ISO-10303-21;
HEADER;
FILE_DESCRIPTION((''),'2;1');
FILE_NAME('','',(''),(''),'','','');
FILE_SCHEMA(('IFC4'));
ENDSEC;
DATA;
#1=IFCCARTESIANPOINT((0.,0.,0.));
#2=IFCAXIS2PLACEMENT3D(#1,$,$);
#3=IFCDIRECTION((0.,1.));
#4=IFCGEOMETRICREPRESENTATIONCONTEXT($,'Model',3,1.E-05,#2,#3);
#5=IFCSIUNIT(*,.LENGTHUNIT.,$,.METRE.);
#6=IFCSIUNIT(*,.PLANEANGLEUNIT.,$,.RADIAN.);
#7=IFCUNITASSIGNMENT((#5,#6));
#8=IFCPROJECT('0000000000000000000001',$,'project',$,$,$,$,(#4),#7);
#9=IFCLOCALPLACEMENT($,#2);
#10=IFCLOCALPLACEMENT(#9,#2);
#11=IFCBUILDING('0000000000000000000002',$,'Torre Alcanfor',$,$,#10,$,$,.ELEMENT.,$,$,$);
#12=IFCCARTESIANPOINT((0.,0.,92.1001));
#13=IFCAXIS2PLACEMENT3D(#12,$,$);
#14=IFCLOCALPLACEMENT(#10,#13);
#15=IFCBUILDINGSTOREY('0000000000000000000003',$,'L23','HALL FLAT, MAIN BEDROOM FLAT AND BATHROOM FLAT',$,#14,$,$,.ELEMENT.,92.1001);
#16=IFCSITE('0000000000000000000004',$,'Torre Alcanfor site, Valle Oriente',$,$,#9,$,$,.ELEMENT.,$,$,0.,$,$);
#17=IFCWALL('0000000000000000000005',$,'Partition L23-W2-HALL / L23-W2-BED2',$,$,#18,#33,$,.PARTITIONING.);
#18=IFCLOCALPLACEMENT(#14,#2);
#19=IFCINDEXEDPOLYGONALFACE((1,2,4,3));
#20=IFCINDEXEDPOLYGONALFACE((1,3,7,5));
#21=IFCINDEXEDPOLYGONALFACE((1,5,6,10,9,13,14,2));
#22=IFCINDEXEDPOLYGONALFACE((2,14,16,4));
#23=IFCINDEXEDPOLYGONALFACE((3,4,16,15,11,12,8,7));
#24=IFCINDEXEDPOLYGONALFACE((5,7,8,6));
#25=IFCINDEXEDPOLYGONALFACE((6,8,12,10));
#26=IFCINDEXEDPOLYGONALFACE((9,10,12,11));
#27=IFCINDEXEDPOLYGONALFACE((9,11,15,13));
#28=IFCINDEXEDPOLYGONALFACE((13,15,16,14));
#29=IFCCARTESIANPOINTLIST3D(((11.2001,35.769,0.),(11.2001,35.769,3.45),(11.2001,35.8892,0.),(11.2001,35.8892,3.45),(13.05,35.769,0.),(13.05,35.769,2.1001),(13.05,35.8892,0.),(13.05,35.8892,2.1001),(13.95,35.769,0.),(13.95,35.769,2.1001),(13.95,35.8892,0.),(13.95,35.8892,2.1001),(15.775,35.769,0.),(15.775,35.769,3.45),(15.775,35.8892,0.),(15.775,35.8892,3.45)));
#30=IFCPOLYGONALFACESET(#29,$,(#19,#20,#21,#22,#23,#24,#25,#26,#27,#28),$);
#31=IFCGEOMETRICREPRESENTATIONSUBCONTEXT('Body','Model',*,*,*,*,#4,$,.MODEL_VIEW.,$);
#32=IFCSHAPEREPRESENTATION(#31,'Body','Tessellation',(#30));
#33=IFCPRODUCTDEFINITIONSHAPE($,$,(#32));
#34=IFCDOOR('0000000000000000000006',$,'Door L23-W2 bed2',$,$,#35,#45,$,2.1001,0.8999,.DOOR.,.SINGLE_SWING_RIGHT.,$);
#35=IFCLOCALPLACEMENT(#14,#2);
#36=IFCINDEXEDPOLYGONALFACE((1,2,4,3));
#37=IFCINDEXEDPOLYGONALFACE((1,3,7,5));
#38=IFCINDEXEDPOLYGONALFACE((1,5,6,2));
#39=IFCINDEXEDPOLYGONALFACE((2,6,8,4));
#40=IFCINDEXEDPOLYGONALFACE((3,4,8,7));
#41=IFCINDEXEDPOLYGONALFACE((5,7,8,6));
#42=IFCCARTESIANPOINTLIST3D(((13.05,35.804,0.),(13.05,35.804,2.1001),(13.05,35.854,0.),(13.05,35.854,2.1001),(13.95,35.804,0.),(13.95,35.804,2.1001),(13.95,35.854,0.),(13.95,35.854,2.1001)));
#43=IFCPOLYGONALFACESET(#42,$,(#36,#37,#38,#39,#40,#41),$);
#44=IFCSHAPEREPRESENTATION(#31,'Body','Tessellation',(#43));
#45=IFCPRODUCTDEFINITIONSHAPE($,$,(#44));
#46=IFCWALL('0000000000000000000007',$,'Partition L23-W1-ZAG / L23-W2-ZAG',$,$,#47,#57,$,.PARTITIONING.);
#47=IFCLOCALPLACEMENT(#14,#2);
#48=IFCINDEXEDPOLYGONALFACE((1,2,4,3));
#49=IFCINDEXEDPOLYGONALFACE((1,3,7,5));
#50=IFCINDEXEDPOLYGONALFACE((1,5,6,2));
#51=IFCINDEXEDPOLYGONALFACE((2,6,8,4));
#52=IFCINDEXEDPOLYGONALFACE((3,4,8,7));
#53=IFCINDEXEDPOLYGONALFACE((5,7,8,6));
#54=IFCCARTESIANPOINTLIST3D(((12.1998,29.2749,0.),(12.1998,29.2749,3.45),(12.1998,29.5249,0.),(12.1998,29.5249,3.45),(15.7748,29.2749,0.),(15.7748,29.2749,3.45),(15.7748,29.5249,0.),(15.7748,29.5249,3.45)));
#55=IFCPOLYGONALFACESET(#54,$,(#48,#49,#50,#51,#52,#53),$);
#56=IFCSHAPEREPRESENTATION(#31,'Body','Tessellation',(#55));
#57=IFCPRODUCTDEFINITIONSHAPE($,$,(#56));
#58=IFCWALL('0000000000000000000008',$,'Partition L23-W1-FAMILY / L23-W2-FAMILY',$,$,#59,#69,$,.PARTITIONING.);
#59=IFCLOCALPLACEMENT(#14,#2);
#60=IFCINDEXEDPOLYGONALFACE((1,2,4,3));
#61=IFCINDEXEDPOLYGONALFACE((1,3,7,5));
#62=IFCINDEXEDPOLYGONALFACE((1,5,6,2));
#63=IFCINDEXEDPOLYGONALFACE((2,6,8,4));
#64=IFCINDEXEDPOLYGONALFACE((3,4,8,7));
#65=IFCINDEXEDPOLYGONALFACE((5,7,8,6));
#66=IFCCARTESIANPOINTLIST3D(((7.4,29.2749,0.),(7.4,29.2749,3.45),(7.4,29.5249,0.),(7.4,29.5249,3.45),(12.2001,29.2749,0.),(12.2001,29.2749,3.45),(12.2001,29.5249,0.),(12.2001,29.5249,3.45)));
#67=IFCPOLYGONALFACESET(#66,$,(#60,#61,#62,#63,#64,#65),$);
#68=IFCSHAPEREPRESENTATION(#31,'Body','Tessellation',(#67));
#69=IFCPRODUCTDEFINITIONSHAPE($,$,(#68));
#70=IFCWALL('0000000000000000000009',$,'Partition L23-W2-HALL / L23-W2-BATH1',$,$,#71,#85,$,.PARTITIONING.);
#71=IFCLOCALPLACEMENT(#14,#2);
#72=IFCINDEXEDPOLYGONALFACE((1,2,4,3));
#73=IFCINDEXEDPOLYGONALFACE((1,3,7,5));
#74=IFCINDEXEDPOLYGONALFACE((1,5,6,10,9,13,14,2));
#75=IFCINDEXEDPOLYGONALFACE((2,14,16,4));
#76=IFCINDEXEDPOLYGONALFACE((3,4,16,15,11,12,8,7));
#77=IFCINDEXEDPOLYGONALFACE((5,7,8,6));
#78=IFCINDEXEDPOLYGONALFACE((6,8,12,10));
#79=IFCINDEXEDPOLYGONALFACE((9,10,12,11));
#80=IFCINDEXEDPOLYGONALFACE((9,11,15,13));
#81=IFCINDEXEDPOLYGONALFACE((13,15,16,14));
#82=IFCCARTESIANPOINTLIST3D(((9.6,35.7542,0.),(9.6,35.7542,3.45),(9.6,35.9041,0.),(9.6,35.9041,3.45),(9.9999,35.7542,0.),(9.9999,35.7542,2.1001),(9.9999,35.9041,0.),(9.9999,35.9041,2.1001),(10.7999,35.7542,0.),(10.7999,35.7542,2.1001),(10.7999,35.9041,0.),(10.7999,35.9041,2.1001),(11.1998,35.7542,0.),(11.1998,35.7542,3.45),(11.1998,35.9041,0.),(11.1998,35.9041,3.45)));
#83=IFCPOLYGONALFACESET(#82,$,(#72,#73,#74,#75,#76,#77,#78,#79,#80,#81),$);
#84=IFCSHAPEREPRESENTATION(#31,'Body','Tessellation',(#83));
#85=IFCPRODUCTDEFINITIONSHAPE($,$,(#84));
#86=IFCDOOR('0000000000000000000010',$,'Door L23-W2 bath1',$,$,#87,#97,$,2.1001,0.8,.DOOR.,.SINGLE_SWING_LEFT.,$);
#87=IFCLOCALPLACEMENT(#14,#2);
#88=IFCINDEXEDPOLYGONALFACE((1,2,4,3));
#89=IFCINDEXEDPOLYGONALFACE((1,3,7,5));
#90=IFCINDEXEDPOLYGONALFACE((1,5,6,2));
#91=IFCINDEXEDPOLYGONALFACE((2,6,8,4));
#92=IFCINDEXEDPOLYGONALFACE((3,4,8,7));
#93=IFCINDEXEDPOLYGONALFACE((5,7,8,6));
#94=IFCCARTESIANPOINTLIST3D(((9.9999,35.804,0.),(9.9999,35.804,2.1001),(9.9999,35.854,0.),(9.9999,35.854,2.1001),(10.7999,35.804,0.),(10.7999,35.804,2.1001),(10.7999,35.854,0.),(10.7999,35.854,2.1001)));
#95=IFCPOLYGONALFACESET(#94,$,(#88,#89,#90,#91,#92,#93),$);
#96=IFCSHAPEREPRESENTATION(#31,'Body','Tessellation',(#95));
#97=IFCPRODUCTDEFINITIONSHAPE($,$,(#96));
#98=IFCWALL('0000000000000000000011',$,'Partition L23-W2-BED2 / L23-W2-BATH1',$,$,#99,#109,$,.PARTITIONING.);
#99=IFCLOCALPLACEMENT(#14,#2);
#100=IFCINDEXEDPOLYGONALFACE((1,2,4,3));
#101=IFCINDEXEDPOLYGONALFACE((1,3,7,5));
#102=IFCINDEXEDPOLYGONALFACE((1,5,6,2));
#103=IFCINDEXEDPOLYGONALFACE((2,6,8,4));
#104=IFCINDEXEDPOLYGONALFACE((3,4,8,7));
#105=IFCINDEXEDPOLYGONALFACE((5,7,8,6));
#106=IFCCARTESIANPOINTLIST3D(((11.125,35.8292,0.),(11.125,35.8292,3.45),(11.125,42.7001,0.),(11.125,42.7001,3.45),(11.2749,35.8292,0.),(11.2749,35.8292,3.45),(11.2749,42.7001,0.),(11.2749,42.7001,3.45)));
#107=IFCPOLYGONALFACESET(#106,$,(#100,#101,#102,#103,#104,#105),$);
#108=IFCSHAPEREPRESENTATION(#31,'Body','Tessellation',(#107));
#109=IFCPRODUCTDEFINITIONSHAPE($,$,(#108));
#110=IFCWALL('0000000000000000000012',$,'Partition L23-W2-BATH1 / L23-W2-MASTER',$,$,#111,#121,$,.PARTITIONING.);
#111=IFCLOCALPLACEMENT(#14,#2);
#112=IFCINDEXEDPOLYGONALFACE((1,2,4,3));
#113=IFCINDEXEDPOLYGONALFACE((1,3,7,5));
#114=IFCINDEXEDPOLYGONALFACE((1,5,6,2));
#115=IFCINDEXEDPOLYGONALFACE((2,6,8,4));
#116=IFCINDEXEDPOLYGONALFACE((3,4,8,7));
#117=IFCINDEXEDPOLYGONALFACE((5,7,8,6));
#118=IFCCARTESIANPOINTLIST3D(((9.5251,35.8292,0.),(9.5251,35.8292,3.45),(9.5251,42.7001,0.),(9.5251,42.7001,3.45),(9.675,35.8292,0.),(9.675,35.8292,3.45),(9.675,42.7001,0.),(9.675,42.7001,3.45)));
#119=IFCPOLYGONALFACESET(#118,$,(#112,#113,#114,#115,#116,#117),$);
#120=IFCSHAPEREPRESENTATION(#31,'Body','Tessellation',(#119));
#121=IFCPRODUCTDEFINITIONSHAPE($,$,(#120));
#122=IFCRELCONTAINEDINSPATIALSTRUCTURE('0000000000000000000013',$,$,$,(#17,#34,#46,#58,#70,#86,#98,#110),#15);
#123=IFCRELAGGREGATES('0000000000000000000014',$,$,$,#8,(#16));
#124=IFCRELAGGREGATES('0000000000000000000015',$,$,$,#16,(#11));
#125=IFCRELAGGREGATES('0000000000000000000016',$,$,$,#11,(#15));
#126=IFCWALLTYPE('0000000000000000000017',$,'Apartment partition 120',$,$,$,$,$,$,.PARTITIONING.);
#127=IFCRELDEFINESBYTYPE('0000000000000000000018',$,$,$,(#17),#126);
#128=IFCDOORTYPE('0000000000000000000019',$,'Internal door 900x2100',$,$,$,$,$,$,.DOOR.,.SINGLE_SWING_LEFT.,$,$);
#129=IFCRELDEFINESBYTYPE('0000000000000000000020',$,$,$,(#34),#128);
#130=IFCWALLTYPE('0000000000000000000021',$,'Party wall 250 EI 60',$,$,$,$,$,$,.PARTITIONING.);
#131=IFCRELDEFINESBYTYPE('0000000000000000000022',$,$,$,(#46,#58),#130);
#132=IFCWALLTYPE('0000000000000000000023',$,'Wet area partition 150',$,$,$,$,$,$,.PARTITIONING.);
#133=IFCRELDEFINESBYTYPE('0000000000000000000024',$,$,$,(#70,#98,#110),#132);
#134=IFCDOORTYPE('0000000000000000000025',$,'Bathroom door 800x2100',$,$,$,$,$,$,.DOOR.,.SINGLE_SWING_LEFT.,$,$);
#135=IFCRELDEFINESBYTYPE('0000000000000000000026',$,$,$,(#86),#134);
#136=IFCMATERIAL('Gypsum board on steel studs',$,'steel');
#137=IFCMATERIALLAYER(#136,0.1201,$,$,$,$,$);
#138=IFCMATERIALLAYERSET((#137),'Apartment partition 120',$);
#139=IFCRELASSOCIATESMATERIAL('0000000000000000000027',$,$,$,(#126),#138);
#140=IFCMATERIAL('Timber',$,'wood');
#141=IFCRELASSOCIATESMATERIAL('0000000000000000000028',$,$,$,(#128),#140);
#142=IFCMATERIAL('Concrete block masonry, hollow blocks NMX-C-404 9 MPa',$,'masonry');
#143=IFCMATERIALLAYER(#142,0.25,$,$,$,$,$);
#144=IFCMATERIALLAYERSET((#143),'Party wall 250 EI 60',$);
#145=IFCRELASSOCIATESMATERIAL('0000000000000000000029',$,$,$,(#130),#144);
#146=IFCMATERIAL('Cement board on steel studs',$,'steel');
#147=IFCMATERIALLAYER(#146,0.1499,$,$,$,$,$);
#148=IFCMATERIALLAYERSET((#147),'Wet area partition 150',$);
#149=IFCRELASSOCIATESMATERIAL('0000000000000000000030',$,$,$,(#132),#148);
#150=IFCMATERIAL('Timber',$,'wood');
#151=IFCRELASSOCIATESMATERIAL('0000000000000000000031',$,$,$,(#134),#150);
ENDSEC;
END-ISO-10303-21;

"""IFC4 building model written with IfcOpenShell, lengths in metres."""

from ifc_helpers import new_model, si_unit, direction, frame, frame_2d, origin, place, context, subcontext, project, spatial, rectangle, extrude, material, layer, layer_set, type_object, element, fill, save


model = new_model("IFC4")

# Units and contexts
model_context = context("Model", 3, precision=1e-05, world=origin(), true_north=direction((0.0, 1.0)))
body_context = subcontext(model_context, "Body", "Model", "MODEL_VIEW")
ifc_project = project(units=[si_unit("LENGTHUNIT", "METRE"), si_unit("PLANEANGLEUNIT", "RADIAN")], contexts=[model_context])

# Site, building, storey
site_placement = place(None, origin())
site = spatial("IfcSite", under=ifc_project, at=site_placement, Name="Torre Alcanfor site, Valle Oriente", CompositionType="ELEMENT", RefElevation=0.0)
building_placement = place(site_placement, origin())
building = spatial("IfcBuilding", under=site, at=building_placement, Name="Torre Alcanfor", CompositionType="ELEMENT")
storey_placement = place(building_placement, frame((0.0, 0.0, 92.1001)))
storey = spatial("IfcBuildingStorey", under=building, at=storey_placement, Name="L23", Description="HALL FLAT, MAIN BEDROOM FLAT AND BATHROOM FLAT", CompositionType="ELEMENT", Elevation=92.1001)

# Shared definitions
ifc_material_1 = material(Name="Gypsum board on steel studs", Category="steel")
ifc_layer_1 = layer(ifc_material_1, 0.1201)
ifc_layer_set_1 = layer_set([ifc_layer_1], Name="Apartment partition 120")
wall_type_1 = type_object("IfcWallType", Name="Apartment partition 120", PredefinedType="PARTITIONING", material=ifc_layer_set_1)

# Wall, opening, door
wall_1_placement = place(storey_placement, frame((11.2, 35.8291, 0.0), z_axis=(0.0, 0.0, 1.0), x_axis=(1.0, 0.0, 0.0)))
wall_1 = element("IfcWall", 1, at=wall_1_placement, inside=storey, type_object=wall_type_1, Name="Partition L23-W2-HALL / L23-W2-BED2", PredefinedType="PARTITIONING", context=body_context, shape_type="SweptSolid", body=[
    extrude(rectangle(XDim=4.575, YDim=0.1201, at=frame_2d((2.2876, 0.0))), origin(), (0.0, 0.0, 1.0), 3.45),
])
opening_1_placement = place(wall_1_placement, frame((1.8501, 0.0, 0.0)))
opening_1 = element("IfcOpeningElement", 2, at=opening_1_placement, cuts=wall_1, PredefinedType="OPENING", context=body_context, shape_type="SweptSolid", body=[
    extrude(rectangle(XDim=0.8999, YDim=2.1001, at=frame_2d((0.45, 1.05))), frame((0.0, 0.0701, 0.0), z_axis=(0.0, -1.0, 0.0), x_axis=(1.0, 0.0, 0.0)), (0.0, 0.0, 1.0), 0.1401),
])
ifc_material_2 = material(Name="Timber", Category="wood")
door_type_1 = type_object("IfcDoorType", Name="Internal door 900x2100", OperationType="SINGLE_SWING_LEFT", PredefinedType="DOOR", material=ifc_material_2)
door_1_placement = place(opening_1_placement, origin())
door_1 = element("IfcDoor", 3, at=door_1_placement, inside=storey, type_object=door_type_1, Name="Door L23-W2 bed2", OperationType="SINGLE_SWING_RIGHT", OverallHeight=2.1001, OverallWidth=0.8999, PredefinedType="DOOR", context=body_context, shape_type="SweptSolid", body=[
    extrude(rectangle(XDim=0.8999, YDim=2.1001, at=frame_2d((0.45, 1.05))), frame((0.0, 0.0249, 0.0), z_axis=(0.0, -1.0, 0.0), x_axis=(1.0, 0.0, 0.0)), (0.0, 0.0, 1.0), 0.05),
])
fill(opening_1, door_1)

# Walls
ifc_material_3 = material(Name="Concrete block masonry, hollow blocks NMX-C-404 9 MPa", Category="masonry")
ifc_layer_2 = layer(ifc_material_3, 0.25)
ifc_layer_set_2 = layer_set([ifc_layer_2], Name="Party wall 250 EI 60")
wall_type_2 = type_object("IfcWallType", Name="Party wall 250 EI 60", PredefinedType="PARTITIONING", material=ifc_layer_set_2)
wall_2_placement = place(storey_placement, frame((15.7749, 29.3999, 0.0), z_axis=(0.0, 0.0, 1.0), x_axis=(-1.0, 0.0, 0.0)))
element("IfcWall", 4, at=wall_2_placement, inside=storey, type_object=wall_type_2, Name="Partition L23-W1-ZAG / L23-W2-ZAG", PredefinedType="PARTITIONING", context=body_context, shape_type="SweptSolid", body=[
    extrude(rectangle(XDim=3.575, YDim=0.25, at=frame_2d((1.7876, 0.0))), origin(), (0.0, 0.0, 1.0), 3.45),
])
wall_3_placement = place(storey_placement, frame((12.2, 29.3999, 0.0), z_axis=(0.0, 0.0, 1.0), x_axis=(-1.0, 0.0, 0.0)))
element("IfcWall", 5, at=wall_3_placement, inside=storey, type_object=wall_type_2, Name="Partition L23-W1-FAMILY / L23-W2-FAMILY", PredefinedType="PARTITIONING", context=body_context, shape_type="SweptSolid", body=[
    extrude(rectangle(XDim=4.8, YDim=0.25, at=frame_2d((2.3999, 0.0))), origin(), (0.0, 0.0, 1.0), 3.45),
])

# Wall, opening, door
ifc_material_4 = material(Name="Cement board on steel studs", Category="steel")
ifc_layer_3 = layer(ifc_material_4, 0.1499)
ifc_layer_set_3 = layer_set([ifc_layer_3], Name="Wet area partition 150")
wall_type_3 = type_object("IfcWallType", Name="Wet area partition 150", PredefinedType="PARTITIONING", material=ifc_layer_set_3)
wall_4_placement = place(storey_placement, frame((9.6001, 35.8291, 0.0), z_axis=(0.0, 0.0, 1.0), x_axis=(1.0, 0.0, 0.0)))
wall_4 = element("IfcWall", 6, at=wall_4_placement, inside=storey, type_object=wall_type_3, Name="Partition L23-W2-HALL / L23-W2-BATH1", PredefinedType="PARTITIONING", context=body_context, shape_type="SweptSolid", body=[
    extrude(rectangle(XDim=1.5999, YDim=0.1499, at=frame_2d((0.7998, 0.0))), origin(), (0.0, 0.0, 1.0), 3.45),
])
opening_2_placement = place(wall_4_placement, frame((0.3999, 0.0, 0.0)))
opening_2 = element("IfcOpeningElement", 7, at=opening_2_placement, cuts=wall_4, PredefinedType="OPENING", context=body_context, shape_type="SweptSolid", body=[
    extrude(rectangle(XDim=0.8, YDim=2.1001, at=frame_2d((0.3999, 1.05))), frame((0.0, 0.085, 0.0), z_axis=(0.0, -1.0, 0.0), x_axis=(1.0, 0.0, 0.0)), (0.0, 0.0, 1.0), 0.1699),
])
ifc_material_5 = material(Name="Timber", Category="wood")
door_type_2 = type_object("IfcDoorType", Name="Bathroom door 800x2100", OperationType="SINGLE_SWING_LEFT", PredefinedType="DOOR", material=ifc_material_5)
door_2_placement = place(opening_2_placement, origin())
door_2 = element("IfcDoor", 8, at=door_2_placement, inside=storey, type_object=door_type_2, Name="Door L23-W2 bath1", OperationType="SINGLE_SWING_LEFT", OverallHeight=2.1001, OverallWidth=0.8, PredefinedType="DOOR", context=body_context, shape_type="SweptSolid", body=[
    extrude(rectangle(XDim=0.8, YDim=2.1001, at=frame_2d((0.3999, 1.05))), frame((0.0, 0.0249, 0.0), z_axis=(0.0, -1.0, 0.0), x_axis=(1.0, 0.0, 0.0)), (0.0, 0.0, 1.0), 0.05),
])
fill(opening_2, door_2)

# Walls
for number, where, z_axis, x_axis, name in (
    (9, (11.2, 35.8291, 0.0), (0.0, 0.0, 1.0), (0.0, 1.0, 0.0), "Partition L23-W2-BED2 / L23-W2-BATH1"),
    (10, (9.6001, 35.8291, 0.0), (0.0, 0.0, 1.0), (0.0, 1.0, 0.0), "Partition L23-W2-BATH1 / L23-W2-MASTER"),
):
    element("IfcWall", number, at=place(storey_placement, frame(where, z_axis=z_axis, x_axis=x_axis)), inside=storey, type_object=wall_type_3, Name=name, PredefinedType="PARTITIONING", context=body_context, shape_type="SweptSolid", body=[
        extrude(rectangle(XDim=6.8708, YDim=0.1499, at=frame_2d((3.4355, 0.0))), origin(), (0.0, 0.0, 1.0), 3.45),
    ])

save(model, "model.ifc")
